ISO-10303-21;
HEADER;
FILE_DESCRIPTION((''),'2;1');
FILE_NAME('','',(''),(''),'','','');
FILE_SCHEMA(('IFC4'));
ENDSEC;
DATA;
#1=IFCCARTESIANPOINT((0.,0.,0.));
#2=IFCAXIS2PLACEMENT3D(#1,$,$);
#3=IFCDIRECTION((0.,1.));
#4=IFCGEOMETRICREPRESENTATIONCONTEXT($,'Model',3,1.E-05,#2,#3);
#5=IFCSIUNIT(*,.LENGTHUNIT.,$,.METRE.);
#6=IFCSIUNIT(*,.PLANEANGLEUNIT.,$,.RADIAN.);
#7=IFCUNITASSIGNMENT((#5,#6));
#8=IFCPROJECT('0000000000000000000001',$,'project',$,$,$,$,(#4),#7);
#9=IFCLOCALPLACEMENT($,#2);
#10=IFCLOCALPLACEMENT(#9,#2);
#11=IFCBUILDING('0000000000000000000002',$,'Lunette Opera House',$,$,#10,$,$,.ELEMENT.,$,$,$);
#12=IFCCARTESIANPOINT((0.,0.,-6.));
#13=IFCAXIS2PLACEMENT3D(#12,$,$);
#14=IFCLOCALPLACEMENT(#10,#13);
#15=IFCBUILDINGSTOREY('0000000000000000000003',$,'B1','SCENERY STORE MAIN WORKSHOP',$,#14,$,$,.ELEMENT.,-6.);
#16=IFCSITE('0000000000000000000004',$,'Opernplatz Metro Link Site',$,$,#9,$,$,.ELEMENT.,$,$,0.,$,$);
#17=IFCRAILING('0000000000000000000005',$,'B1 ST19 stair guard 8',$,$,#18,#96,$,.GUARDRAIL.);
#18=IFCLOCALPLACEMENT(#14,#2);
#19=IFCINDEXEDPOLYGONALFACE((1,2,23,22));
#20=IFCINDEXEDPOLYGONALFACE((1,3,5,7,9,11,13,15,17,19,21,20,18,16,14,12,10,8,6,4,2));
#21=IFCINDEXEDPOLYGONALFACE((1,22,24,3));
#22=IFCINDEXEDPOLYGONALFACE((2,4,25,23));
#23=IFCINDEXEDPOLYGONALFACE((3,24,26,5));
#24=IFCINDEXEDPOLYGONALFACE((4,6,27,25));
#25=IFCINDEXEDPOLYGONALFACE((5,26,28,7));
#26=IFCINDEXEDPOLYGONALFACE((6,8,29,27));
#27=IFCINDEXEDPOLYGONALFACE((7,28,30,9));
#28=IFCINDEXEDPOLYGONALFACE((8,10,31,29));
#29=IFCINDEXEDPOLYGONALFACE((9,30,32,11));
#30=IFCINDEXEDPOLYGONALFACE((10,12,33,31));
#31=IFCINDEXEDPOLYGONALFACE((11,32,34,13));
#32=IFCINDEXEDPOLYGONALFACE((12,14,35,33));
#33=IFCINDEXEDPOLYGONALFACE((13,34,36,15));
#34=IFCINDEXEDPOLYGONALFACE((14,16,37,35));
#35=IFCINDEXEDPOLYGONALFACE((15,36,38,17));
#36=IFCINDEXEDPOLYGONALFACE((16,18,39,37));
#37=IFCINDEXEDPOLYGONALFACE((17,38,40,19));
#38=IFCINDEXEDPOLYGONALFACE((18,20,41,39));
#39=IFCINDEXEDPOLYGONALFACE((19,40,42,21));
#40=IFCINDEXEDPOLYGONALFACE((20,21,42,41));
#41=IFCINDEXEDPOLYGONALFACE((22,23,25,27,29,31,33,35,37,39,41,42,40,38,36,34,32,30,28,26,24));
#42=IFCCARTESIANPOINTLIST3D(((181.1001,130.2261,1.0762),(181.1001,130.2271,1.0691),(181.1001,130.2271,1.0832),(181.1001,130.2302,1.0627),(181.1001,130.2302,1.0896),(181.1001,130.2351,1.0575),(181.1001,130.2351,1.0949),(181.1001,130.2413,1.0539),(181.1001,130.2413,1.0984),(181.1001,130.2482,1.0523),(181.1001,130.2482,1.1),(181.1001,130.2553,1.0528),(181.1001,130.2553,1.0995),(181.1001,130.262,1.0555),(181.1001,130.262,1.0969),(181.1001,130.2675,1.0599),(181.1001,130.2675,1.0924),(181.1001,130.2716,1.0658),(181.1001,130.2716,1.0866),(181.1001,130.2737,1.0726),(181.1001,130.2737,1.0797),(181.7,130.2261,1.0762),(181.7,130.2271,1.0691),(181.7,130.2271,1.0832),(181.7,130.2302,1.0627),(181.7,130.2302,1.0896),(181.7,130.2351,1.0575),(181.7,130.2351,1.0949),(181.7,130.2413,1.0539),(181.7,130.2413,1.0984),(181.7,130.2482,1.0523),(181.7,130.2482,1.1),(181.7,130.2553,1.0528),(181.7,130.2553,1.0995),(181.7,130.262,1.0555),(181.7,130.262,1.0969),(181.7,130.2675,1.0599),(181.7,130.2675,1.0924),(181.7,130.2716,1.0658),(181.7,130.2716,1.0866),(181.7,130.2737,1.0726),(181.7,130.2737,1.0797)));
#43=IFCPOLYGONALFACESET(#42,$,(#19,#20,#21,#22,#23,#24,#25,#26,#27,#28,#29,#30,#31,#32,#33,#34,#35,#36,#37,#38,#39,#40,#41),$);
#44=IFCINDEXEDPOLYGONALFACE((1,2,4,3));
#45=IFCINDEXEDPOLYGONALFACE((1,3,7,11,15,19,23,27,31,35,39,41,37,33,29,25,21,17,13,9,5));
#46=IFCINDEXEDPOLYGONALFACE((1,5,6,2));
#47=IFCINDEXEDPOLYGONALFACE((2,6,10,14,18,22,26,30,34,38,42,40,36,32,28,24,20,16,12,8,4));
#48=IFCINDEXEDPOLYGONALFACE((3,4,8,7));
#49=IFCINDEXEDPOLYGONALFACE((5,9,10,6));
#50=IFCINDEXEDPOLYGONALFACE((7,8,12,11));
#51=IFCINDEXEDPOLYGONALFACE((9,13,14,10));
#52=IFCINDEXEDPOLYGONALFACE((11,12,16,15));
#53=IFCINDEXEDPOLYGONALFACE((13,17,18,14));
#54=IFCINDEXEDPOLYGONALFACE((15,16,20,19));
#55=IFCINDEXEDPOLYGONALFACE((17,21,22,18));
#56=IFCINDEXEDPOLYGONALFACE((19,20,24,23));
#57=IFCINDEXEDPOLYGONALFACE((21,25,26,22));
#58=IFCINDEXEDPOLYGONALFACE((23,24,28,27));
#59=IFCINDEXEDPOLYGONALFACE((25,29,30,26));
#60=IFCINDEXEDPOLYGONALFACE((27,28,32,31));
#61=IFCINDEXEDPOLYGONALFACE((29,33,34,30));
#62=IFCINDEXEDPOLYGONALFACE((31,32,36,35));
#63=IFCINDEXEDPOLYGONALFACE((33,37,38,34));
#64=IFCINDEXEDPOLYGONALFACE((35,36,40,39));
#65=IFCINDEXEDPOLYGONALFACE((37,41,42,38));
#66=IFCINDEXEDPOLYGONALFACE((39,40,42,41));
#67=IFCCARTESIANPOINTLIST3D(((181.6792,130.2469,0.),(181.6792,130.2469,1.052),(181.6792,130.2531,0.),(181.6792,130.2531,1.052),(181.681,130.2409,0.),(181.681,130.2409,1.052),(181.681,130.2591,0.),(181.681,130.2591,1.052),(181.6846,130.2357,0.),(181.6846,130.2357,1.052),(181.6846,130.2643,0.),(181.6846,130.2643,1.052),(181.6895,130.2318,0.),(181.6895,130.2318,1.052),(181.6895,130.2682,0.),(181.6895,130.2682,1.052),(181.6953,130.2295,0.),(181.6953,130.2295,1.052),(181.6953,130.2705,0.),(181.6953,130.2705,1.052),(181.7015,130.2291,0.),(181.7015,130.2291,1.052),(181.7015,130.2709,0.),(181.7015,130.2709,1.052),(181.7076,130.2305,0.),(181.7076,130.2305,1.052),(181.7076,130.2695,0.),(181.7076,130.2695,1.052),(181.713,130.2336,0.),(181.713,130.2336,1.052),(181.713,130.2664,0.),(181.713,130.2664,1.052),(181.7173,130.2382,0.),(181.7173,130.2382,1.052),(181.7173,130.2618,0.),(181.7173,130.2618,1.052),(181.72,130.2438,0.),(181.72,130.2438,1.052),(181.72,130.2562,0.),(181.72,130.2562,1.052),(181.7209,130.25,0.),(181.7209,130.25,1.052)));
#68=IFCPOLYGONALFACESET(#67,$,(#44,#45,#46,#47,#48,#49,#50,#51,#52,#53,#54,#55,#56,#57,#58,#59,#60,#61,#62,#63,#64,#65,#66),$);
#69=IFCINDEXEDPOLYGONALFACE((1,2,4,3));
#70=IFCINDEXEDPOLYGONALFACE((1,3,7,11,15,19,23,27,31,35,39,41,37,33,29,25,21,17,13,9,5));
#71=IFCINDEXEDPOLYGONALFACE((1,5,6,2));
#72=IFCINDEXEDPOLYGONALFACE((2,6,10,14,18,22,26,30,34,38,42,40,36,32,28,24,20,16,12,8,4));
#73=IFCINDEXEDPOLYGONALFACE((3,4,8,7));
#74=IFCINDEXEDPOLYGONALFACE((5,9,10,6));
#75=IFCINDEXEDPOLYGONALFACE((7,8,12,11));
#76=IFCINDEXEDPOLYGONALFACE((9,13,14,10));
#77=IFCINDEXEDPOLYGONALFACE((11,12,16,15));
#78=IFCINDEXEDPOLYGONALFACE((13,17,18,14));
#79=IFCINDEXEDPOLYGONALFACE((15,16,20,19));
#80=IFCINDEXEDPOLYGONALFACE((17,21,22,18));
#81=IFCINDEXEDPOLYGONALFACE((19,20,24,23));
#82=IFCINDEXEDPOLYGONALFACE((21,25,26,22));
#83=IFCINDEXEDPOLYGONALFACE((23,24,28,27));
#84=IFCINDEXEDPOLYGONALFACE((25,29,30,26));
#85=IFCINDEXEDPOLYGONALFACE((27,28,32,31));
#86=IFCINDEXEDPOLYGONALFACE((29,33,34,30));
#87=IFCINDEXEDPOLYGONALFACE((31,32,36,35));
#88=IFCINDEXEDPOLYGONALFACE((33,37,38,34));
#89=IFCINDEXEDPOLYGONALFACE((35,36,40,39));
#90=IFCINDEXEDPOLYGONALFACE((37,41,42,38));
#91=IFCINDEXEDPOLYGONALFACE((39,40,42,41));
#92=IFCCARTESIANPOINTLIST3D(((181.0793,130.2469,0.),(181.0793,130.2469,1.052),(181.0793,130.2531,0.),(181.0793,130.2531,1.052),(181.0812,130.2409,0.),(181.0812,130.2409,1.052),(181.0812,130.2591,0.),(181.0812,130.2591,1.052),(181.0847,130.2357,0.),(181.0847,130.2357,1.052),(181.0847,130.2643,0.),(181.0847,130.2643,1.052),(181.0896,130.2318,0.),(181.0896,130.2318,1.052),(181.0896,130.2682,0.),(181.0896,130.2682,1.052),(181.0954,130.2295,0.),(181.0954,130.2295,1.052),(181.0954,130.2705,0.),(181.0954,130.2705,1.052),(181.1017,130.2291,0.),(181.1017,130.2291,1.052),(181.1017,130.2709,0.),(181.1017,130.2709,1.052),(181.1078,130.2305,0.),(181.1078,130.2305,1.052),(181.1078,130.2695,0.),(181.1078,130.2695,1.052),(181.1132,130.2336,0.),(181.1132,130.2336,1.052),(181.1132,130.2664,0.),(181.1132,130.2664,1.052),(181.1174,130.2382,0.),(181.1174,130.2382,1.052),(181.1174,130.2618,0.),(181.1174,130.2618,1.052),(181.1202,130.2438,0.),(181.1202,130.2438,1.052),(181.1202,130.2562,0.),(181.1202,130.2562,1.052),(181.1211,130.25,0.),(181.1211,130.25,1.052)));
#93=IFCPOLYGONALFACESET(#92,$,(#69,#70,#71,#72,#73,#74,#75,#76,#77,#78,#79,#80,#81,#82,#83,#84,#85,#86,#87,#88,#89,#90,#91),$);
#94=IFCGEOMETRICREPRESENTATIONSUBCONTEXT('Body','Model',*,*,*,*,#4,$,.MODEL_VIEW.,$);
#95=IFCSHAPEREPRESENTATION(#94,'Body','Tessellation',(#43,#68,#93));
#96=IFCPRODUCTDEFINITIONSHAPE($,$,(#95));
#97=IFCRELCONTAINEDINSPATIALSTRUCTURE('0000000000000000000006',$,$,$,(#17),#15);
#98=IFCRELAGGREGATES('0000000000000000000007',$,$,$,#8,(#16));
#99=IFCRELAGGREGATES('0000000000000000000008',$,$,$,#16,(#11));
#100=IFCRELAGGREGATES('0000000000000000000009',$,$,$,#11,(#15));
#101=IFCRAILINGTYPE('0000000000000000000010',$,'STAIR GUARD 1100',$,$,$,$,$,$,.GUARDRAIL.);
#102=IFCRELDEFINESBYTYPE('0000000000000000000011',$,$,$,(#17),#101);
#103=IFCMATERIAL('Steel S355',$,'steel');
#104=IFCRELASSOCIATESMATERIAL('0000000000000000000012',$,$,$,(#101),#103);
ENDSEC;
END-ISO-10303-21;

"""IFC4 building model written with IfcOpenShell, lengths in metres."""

from ifc_helpers import new_model, si_unit, direction, frame, origin, origin_2d, place, context, subcontext, project, spatial, circle, extrude, material, type_object, element, save


model = new_model("IFC4")

# Units and contexts
model_context = context("Model", 3, precision=1e-05, world=origin(), true_north=direction((0.0, 1.0)))
body_context = subcontext(model_context, "Body", "Model", "MODEL_VIEW")
ifc_project = project(units=[si_unit("LENGTHUNIT", "METRE"), si_unit("PLANEANGLEUNIT", "RADIAN")], contexts=[model_context])

# Site, building, storey
site_placement = place(None, origin())
site = spatial("IfcSite", under=ifc_project, at=site_placement, Name="Opernplatz Metro Link Site", CompositionType="ELEMENT", RefElevation=0.0)
building_placement = place(site_placement, origin())
building = spatial("IfcBuilding", under=site, at=building_placement, Name="Lunette Opera House", CompositionType="ELEMENT")
storey_placement = place(building_placement, frame((0.0, 0.0, -6.0)))
storey = spatial("IfcBuildingStorey", under=building, at=storey_placement, Name="B1", Description="SCENERY STORE MAIN WORKSHOP", CompositionType="ELEMENT", Elevation=-6.0)

# Railing
ifc_material_1 = material(Name="Steel S355", Category="steel")
railing_type_1 = type_object("IfcRailingType", Name="STAIR GUARD 1100", PredefinedType="GUARDRAIL", material=ifc_material_1)
railing_1_placement = place(storey_placement, frame((181.7, 130.25, 0.0)))
element("IfcRailing", 1, at=railing_1_placement, inside=storey, type_object=railing_type_1, Name="B1 ST19 stair guard 8", PredefinedType="GUARDRAIL", context=body_context, shape_type="SweptSolid", body=[
    extrude(circle(Radius=0.0239, at=origin_2d()), frame((0.0, 0.0, 1.0762), z_axis=(-1.0, 0.0, 0.0), x_axis=(0.0, -1.0, 0.0)), (0.0, 0.0, 1.0), 0.5999),
    extrude(circle(Radius=0.021, at=origin_2d()), origin(), (0.0, 0.0, 1.0), 1.052),
    extrude(circle(Radius=0.021, at=origin_2d()), frame((-0.5999, 0.0, 0.0)), (0.0, 0.0, 1.0), 1.052),
])

save(model, "model.ifc")
